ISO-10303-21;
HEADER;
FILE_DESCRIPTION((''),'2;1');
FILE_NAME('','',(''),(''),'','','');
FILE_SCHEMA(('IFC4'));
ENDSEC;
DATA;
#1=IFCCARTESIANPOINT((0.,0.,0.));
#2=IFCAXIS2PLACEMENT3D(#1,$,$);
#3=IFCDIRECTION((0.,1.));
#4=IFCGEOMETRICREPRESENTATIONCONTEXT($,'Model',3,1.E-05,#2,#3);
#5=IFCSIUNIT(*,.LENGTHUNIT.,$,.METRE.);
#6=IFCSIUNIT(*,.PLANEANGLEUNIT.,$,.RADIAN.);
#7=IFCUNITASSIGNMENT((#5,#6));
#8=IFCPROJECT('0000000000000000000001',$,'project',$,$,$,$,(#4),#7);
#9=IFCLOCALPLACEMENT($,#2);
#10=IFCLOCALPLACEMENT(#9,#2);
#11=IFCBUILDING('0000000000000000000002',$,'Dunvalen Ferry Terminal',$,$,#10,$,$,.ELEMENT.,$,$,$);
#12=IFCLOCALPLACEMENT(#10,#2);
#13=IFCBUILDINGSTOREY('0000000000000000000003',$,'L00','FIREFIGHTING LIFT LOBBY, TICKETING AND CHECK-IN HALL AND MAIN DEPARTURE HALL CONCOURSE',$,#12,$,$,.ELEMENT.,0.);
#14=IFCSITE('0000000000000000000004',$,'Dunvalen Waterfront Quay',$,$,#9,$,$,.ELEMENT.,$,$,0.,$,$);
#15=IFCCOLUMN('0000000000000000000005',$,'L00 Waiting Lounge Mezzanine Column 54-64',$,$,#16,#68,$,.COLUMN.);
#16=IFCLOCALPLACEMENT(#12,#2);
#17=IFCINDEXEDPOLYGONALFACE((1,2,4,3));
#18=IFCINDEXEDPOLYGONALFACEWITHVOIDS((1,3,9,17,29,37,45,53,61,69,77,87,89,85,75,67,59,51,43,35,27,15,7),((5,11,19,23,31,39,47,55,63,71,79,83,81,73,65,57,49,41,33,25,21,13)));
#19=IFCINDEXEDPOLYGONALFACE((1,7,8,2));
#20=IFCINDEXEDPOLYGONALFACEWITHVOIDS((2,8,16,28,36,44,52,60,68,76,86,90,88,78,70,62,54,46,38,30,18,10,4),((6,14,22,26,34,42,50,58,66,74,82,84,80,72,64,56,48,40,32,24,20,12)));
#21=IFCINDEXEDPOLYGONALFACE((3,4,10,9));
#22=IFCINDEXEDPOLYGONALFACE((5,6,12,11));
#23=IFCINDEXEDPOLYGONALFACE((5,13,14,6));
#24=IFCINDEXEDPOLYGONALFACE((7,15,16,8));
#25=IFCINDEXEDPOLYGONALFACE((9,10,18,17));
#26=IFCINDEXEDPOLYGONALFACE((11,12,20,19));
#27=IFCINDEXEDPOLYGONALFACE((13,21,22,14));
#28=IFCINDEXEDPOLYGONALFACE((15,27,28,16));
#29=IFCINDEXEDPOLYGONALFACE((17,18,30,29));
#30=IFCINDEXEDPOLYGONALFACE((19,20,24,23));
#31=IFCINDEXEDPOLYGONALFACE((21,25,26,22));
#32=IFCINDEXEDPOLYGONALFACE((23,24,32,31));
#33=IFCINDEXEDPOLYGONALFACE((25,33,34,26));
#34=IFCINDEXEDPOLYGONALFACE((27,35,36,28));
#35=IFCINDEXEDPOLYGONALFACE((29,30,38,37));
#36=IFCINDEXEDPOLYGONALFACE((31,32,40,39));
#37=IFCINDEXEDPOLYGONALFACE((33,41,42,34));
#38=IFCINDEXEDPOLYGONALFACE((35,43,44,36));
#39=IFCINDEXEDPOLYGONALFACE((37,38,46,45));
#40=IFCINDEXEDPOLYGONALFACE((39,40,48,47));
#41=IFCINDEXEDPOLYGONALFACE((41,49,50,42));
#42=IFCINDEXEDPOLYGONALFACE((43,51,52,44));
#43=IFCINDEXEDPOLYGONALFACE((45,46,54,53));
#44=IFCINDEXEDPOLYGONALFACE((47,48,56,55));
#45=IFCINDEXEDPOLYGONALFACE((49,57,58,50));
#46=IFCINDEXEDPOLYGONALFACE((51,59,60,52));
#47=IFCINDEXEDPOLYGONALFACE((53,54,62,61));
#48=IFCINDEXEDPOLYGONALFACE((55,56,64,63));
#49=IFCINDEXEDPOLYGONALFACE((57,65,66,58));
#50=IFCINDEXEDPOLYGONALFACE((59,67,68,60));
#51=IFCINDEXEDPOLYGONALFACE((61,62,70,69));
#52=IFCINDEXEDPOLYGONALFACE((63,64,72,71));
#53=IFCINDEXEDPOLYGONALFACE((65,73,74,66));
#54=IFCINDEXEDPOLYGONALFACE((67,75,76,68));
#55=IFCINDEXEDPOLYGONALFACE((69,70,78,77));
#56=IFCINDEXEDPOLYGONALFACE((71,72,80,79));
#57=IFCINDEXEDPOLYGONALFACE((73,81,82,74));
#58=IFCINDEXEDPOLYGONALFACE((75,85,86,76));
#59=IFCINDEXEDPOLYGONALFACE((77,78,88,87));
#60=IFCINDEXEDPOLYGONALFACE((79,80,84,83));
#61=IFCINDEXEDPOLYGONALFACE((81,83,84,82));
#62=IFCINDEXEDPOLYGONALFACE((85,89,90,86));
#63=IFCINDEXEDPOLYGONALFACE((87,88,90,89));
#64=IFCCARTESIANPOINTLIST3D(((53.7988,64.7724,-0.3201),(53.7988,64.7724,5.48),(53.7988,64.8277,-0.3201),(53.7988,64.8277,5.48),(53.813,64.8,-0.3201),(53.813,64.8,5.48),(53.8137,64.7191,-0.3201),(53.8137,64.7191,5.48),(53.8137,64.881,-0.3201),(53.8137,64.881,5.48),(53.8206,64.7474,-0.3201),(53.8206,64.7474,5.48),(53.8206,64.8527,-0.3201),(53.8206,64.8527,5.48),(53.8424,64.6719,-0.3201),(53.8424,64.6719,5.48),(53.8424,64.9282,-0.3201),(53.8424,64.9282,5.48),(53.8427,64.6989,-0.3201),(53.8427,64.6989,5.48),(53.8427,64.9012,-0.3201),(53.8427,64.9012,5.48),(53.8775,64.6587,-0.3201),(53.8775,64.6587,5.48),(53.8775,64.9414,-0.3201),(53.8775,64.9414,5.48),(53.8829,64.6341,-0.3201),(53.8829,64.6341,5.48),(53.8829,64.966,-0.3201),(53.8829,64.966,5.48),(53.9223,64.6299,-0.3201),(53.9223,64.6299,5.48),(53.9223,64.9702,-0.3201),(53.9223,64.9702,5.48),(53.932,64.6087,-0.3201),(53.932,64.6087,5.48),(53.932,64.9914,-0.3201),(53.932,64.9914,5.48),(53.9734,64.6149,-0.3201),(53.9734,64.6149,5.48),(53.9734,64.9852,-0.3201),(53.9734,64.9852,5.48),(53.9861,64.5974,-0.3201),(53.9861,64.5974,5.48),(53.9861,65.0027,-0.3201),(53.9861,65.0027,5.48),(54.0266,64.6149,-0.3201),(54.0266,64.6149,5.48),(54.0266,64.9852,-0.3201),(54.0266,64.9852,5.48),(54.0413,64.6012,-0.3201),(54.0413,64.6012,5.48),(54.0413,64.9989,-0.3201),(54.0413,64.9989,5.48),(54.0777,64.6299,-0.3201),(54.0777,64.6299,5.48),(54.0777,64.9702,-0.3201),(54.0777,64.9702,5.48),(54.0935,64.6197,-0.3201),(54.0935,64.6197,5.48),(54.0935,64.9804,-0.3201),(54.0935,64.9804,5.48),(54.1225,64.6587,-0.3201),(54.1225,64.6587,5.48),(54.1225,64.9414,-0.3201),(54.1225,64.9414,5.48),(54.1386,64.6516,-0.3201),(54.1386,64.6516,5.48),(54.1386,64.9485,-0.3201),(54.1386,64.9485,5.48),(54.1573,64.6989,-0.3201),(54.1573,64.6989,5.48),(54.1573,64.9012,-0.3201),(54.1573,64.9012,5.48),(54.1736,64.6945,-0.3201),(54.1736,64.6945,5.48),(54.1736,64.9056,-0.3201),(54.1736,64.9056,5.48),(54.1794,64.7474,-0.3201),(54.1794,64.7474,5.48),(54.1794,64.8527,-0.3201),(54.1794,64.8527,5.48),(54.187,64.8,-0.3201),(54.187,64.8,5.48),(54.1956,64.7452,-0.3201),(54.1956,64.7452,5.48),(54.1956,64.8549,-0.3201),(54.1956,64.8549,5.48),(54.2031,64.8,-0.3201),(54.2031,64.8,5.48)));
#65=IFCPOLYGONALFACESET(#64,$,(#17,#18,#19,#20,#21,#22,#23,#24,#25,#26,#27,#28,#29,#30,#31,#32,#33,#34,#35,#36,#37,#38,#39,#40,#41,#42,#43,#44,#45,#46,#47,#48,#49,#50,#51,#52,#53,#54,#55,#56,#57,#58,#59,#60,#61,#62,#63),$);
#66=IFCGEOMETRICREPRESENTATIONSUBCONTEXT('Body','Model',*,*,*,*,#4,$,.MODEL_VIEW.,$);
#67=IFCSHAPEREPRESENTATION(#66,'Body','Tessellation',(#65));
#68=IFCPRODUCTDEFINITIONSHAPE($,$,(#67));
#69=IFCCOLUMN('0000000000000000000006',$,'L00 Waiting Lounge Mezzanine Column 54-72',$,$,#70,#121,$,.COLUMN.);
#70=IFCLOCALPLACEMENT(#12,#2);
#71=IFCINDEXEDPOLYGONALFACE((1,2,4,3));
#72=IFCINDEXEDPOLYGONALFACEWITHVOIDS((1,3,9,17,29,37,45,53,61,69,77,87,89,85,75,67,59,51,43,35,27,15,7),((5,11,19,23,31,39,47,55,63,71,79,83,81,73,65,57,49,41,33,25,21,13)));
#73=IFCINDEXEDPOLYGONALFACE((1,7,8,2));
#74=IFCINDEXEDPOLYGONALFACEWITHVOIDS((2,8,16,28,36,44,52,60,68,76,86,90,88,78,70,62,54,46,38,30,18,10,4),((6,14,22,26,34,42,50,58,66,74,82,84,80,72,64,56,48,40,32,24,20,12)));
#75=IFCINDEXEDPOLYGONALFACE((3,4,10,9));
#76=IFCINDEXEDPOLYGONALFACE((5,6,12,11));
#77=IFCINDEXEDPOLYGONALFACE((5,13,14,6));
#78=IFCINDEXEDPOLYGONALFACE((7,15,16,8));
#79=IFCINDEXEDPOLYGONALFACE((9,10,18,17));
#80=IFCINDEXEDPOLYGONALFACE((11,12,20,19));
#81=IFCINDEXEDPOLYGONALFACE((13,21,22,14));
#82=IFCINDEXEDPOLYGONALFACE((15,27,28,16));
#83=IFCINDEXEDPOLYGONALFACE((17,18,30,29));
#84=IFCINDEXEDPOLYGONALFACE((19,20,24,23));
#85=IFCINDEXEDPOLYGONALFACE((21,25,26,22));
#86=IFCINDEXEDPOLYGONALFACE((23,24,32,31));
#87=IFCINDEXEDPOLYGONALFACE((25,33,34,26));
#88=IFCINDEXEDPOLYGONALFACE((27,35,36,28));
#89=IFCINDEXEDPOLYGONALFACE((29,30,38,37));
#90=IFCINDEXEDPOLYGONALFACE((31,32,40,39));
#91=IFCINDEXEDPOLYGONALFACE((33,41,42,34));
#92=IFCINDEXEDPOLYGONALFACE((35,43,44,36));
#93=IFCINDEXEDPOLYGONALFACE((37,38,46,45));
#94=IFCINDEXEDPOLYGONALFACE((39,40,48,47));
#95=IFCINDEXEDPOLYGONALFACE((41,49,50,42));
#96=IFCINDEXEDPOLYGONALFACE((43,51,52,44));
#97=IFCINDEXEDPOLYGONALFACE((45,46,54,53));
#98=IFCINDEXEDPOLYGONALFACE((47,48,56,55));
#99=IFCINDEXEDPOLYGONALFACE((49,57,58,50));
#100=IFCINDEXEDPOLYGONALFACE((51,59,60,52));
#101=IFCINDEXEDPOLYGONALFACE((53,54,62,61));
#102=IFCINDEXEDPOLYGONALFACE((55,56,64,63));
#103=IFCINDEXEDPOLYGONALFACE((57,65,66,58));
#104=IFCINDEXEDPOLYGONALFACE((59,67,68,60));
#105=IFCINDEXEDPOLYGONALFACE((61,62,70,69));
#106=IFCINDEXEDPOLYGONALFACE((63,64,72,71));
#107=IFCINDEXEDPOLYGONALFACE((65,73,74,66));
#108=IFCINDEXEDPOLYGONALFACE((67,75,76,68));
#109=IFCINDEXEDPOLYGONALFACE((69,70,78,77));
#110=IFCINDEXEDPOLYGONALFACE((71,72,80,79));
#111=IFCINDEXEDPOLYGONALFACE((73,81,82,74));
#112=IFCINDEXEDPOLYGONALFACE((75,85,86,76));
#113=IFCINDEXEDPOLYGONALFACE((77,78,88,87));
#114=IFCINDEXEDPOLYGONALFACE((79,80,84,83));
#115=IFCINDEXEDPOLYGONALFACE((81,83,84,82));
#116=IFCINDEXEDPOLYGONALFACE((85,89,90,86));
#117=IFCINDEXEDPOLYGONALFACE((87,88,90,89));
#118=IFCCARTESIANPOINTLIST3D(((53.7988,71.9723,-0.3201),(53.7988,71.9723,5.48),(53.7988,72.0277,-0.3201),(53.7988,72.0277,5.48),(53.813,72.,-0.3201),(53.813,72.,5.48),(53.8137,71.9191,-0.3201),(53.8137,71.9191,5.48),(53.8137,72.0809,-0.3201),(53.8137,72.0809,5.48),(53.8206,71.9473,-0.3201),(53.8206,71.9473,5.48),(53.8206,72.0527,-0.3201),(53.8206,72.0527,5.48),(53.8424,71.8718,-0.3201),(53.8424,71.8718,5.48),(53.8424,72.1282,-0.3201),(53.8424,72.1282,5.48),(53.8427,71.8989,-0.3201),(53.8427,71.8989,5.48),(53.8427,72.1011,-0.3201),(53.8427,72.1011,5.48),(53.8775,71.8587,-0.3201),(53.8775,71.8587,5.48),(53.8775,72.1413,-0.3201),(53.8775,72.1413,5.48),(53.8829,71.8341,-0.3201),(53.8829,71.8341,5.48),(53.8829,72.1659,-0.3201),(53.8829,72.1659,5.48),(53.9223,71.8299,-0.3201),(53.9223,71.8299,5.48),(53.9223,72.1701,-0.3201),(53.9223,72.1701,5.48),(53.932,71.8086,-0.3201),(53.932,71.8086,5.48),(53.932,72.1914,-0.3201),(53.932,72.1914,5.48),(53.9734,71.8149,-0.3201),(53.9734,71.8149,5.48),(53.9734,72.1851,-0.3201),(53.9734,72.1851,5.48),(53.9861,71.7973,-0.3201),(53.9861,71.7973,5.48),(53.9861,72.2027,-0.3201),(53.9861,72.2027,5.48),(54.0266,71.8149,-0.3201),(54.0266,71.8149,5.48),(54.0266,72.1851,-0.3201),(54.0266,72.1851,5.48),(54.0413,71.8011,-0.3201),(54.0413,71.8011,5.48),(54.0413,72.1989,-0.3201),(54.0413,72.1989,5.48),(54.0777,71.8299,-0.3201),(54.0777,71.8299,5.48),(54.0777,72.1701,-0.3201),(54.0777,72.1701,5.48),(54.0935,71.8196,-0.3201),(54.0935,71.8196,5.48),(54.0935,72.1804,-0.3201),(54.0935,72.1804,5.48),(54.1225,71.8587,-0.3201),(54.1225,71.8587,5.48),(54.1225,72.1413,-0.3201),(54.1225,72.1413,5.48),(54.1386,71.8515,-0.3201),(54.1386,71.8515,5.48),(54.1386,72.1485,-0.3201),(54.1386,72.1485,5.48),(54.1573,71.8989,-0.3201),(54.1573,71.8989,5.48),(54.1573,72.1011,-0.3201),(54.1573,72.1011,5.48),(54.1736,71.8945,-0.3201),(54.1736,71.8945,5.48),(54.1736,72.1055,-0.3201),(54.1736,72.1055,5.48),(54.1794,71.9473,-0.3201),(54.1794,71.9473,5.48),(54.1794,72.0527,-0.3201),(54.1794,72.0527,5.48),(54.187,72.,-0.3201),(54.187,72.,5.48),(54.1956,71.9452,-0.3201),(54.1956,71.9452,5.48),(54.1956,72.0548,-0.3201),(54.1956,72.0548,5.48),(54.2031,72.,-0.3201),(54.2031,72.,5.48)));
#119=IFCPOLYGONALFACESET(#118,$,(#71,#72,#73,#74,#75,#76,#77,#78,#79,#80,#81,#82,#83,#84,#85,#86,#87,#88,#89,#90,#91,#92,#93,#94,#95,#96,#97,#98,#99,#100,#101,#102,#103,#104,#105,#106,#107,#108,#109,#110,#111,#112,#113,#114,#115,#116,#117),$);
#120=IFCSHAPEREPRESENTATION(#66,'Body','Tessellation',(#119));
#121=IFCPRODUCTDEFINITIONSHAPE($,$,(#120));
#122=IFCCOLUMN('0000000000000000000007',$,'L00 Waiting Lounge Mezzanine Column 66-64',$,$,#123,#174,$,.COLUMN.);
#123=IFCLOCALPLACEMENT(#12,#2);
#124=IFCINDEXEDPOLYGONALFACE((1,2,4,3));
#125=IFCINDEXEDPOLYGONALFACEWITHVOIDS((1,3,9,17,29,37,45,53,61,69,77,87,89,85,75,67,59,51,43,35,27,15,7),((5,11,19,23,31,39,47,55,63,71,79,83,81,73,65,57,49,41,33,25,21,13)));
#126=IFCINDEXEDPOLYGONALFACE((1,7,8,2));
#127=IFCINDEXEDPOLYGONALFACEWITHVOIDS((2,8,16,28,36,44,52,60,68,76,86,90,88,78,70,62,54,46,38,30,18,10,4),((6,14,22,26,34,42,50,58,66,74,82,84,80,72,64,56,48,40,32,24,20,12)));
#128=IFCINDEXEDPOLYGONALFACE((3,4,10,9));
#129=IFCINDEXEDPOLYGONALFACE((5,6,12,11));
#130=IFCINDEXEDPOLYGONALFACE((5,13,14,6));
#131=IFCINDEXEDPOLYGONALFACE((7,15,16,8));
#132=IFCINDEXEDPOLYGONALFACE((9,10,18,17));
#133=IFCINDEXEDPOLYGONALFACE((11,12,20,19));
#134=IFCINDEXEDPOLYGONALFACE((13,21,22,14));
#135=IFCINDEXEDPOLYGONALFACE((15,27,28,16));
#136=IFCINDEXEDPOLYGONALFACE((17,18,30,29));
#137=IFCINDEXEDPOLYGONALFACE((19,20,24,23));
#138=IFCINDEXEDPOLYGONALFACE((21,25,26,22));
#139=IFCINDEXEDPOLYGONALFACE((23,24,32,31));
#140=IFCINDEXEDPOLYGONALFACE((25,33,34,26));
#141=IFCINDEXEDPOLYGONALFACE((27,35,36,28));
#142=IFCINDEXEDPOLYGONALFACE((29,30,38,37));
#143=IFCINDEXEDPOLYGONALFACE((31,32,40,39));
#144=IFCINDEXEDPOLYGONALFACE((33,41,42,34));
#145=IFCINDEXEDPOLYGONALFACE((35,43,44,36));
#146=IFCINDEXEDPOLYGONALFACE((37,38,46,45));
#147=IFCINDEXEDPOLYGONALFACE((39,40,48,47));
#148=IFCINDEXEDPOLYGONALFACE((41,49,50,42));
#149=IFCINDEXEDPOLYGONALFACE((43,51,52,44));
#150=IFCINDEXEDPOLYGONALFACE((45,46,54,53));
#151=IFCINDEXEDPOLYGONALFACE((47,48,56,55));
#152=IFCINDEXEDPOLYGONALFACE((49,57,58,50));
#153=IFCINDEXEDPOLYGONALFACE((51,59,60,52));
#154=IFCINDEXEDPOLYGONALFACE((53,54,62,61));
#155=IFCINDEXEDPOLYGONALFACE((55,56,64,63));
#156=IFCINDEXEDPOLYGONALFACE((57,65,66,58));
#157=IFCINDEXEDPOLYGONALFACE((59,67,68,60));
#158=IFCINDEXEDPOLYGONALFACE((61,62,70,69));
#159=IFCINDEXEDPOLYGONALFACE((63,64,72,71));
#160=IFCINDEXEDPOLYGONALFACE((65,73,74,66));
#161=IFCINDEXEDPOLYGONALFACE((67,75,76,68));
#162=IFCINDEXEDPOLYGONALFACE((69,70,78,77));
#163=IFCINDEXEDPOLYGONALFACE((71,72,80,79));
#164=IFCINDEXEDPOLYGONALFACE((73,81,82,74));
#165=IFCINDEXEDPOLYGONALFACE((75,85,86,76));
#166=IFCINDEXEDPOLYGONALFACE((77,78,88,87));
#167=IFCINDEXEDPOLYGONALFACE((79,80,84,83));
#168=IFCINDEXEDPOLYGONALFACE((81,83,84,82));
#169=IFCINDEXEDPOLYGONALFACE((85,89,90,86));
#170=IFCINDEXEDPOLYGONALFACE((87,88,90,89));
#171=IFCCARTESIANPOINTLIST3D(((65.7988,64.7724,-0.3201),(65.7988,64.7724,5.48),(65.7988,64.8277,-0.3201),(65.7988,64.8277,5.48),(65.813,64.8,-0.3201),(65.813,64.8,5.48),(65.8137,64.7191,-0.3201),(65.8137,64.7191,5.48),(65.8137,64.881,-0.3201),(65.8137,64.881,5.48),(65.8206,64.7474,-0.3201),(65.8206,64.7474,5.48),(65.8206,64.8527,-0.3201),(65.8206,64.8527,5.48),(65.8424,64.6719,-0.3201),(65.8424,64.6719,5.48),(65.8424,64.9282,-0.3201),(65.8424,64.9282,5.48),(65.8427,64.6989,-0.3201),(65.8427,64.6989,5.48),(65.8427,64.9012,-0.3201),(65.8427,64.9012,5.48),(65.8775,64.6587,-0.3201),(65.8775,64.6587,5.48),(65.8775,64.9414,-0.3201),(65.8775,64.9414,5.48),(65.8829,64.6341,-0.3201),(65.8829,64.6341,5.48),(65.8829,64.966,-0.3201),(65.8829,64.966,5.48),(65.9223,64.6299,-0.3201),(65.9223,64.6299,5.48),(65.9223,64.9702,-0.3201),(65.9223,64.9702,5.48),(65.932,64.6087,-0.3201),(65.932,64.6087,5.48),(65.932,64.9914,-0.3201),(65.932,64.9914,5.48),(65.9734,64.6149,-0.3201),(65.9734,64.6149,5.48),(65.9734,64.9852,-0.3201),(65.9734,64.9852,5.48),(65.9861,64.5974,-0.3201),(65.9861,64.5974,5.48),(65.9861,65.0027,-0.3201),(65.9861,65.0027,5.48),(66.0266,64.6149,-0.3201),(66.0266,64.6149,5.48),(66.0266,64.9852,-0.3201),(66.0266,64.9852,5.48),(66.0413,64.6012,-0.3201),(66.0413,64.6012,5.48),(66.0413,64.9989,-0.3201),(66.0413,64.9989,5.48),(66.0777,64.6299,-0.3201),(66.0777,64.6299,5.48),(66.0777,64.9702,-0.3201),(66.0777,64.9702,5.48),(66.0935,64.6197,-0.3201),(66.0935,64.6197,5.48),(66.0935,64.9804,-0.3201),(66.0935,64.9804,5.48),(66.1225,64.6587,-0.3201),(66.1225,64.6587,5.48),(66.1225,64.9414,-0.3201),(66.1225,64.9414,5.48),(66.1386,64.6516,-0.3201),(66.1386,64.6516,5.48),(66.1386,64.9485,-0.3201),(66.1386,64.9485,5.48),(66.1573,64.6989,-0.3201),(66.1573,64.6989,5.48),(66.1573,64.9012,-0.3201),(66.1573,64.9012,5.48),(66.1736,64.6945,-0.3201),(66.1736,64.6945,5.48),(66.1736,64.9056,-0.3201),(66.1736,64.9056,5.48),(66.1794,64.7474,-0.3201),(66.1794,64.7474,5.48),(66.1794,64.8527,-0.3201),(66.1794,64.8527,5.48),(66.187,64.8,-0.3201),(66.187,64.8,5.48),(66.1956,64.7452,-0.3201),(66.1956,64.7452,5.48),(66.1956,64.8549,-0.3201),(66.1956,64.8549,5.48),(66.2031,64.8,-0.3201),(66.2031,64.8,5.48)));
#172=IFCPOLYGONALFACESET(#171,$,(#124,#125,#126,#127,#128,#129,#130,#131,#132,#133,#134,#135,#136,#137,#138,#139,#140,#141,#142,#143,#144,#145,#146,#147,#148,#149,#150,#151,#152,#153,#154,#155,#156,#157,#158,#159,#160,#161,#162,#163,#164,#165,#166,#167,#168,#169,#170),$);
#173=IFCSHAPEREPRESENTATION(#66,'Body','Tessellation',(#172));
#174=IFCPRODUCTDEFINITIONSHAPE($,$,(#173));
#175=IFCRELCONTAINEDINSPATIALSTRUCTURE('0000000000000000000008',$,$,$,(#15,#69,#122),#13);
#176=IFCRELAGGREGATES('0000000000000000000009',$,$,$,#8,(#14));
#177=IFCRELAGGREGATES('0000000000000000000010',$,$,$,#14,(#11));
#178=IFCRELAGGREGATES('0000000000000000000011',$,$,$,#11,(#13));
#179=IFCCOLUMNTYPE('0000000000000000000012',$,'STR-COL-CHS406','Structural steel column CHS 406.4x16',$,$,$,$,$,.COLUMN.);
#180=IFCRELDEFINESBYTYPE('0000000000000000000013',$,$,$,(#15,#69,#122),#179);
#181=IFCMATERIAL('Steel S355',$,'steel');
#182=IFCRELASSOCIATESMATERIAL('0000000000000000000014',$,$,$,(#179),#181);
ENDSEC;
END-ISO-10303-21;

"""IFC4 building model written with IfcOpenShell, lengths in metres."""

from ifc_helpers import new_model, si_unit, direction, frame, origin, origin_2d, place, context, subcontext, project, spatial, hollow_circle, extrude, material, material_profile, profile_set, type_object, element, save


model = new_model("IFC4")

# Units and contexts
model_context = context("Model", 3, precision=1e-05, world=origin(), true_north=direction((0.0, 1.0)))
body_context = subcontext(model_context, "Body", "Model", "MODEL_VIEW")
ifc_project = project(units=[si_unit("LENGTHUNIT", "METRE"), si_unit("PLANEANGLEUNIT", "RADIAN")], contexts=[model_context])

# Site, building, storey
site_placement = place(None, origin())
site = spatial("IfcSite", under=ifc_project, at=site_placement, Name="Dunvalen Waterfront Quay", CompositionType="ELEMENT", RefElevation=0.0)
building_placement = place(site_placement, origin())
building = spatial("IfcBuilding", under=site, at=building_placement, Name="Dunvalen Ferry Terminal", CompositionType="ELEMENT")
storey_placement = place(building_placement, origin())
storey = spatial("IfcBuildingStorey", under=building, at=storey_placement, Name="L00", Description="FIREFIGHTING LIFT LOBBY, TICKETING AND CHECK-IN HALL AND MAIN DEPARTURE HALL CONCOURSE", CompositionType="ELEMENT", Elevation=0.0)

# Columns
ifc_material_1 = material(Name="Steel S355", Category="steel")
ifc_material_profile_1 = material_profile(ifc_material_1, hollow_circle(Radius=0.2031, WallThickness=0.0161, at=origin_2d()), Name="Steel S355")
ifc_profile_set_1 = profile_set([ifc_material_profile_1], Name="Steel S355")
column_type_1 = type_object("IfcColumnType", Name="STR-COL-CHS406", Description="Structural steel column CHS 406.4x16", PredefinedType="COLUMN", material=ifc_profile_set_1)
for number, where, z_axis, x_axis, name in (
    (1, (54.0, 64.8, -0.3201), (0.0, 0.0, 1.0), (1.0, 0.0, 0.0), "L00 Waiting Lounge Mezzanine Column 54-64"),
    (2, (54.0, 72.0, -0.3201), (0.0, 0.0, 1.0), (1.0, 0.0, 0.0), "L00 Waiting Lounge Mezzanine Column 54-72"),
    (3, (66.0, 64.8, -0.3201), (0.0, 0.0, 1.0), (1.0, 0.0, 0.0), "L00 Waiting Lounge Mezzanine Column 66-64"),
):
    element("IfcColumn", number, at=place(storey_placement, frame(where, z_axis=z_axis, x_axis=x_axis)), inside=storey, type_object=column_type_1, Name=name, PredefinedType="COLUMN", context=body_context, shape_type="SweptSolid", body=[
        extrude(hollow_circle(Radius=0.2031, WallThickness=0.0161, at=origin_2d()), origin(), (0.0, 0.0, 1.0), 5.8),
    ])

save(model, "model.ifc")
